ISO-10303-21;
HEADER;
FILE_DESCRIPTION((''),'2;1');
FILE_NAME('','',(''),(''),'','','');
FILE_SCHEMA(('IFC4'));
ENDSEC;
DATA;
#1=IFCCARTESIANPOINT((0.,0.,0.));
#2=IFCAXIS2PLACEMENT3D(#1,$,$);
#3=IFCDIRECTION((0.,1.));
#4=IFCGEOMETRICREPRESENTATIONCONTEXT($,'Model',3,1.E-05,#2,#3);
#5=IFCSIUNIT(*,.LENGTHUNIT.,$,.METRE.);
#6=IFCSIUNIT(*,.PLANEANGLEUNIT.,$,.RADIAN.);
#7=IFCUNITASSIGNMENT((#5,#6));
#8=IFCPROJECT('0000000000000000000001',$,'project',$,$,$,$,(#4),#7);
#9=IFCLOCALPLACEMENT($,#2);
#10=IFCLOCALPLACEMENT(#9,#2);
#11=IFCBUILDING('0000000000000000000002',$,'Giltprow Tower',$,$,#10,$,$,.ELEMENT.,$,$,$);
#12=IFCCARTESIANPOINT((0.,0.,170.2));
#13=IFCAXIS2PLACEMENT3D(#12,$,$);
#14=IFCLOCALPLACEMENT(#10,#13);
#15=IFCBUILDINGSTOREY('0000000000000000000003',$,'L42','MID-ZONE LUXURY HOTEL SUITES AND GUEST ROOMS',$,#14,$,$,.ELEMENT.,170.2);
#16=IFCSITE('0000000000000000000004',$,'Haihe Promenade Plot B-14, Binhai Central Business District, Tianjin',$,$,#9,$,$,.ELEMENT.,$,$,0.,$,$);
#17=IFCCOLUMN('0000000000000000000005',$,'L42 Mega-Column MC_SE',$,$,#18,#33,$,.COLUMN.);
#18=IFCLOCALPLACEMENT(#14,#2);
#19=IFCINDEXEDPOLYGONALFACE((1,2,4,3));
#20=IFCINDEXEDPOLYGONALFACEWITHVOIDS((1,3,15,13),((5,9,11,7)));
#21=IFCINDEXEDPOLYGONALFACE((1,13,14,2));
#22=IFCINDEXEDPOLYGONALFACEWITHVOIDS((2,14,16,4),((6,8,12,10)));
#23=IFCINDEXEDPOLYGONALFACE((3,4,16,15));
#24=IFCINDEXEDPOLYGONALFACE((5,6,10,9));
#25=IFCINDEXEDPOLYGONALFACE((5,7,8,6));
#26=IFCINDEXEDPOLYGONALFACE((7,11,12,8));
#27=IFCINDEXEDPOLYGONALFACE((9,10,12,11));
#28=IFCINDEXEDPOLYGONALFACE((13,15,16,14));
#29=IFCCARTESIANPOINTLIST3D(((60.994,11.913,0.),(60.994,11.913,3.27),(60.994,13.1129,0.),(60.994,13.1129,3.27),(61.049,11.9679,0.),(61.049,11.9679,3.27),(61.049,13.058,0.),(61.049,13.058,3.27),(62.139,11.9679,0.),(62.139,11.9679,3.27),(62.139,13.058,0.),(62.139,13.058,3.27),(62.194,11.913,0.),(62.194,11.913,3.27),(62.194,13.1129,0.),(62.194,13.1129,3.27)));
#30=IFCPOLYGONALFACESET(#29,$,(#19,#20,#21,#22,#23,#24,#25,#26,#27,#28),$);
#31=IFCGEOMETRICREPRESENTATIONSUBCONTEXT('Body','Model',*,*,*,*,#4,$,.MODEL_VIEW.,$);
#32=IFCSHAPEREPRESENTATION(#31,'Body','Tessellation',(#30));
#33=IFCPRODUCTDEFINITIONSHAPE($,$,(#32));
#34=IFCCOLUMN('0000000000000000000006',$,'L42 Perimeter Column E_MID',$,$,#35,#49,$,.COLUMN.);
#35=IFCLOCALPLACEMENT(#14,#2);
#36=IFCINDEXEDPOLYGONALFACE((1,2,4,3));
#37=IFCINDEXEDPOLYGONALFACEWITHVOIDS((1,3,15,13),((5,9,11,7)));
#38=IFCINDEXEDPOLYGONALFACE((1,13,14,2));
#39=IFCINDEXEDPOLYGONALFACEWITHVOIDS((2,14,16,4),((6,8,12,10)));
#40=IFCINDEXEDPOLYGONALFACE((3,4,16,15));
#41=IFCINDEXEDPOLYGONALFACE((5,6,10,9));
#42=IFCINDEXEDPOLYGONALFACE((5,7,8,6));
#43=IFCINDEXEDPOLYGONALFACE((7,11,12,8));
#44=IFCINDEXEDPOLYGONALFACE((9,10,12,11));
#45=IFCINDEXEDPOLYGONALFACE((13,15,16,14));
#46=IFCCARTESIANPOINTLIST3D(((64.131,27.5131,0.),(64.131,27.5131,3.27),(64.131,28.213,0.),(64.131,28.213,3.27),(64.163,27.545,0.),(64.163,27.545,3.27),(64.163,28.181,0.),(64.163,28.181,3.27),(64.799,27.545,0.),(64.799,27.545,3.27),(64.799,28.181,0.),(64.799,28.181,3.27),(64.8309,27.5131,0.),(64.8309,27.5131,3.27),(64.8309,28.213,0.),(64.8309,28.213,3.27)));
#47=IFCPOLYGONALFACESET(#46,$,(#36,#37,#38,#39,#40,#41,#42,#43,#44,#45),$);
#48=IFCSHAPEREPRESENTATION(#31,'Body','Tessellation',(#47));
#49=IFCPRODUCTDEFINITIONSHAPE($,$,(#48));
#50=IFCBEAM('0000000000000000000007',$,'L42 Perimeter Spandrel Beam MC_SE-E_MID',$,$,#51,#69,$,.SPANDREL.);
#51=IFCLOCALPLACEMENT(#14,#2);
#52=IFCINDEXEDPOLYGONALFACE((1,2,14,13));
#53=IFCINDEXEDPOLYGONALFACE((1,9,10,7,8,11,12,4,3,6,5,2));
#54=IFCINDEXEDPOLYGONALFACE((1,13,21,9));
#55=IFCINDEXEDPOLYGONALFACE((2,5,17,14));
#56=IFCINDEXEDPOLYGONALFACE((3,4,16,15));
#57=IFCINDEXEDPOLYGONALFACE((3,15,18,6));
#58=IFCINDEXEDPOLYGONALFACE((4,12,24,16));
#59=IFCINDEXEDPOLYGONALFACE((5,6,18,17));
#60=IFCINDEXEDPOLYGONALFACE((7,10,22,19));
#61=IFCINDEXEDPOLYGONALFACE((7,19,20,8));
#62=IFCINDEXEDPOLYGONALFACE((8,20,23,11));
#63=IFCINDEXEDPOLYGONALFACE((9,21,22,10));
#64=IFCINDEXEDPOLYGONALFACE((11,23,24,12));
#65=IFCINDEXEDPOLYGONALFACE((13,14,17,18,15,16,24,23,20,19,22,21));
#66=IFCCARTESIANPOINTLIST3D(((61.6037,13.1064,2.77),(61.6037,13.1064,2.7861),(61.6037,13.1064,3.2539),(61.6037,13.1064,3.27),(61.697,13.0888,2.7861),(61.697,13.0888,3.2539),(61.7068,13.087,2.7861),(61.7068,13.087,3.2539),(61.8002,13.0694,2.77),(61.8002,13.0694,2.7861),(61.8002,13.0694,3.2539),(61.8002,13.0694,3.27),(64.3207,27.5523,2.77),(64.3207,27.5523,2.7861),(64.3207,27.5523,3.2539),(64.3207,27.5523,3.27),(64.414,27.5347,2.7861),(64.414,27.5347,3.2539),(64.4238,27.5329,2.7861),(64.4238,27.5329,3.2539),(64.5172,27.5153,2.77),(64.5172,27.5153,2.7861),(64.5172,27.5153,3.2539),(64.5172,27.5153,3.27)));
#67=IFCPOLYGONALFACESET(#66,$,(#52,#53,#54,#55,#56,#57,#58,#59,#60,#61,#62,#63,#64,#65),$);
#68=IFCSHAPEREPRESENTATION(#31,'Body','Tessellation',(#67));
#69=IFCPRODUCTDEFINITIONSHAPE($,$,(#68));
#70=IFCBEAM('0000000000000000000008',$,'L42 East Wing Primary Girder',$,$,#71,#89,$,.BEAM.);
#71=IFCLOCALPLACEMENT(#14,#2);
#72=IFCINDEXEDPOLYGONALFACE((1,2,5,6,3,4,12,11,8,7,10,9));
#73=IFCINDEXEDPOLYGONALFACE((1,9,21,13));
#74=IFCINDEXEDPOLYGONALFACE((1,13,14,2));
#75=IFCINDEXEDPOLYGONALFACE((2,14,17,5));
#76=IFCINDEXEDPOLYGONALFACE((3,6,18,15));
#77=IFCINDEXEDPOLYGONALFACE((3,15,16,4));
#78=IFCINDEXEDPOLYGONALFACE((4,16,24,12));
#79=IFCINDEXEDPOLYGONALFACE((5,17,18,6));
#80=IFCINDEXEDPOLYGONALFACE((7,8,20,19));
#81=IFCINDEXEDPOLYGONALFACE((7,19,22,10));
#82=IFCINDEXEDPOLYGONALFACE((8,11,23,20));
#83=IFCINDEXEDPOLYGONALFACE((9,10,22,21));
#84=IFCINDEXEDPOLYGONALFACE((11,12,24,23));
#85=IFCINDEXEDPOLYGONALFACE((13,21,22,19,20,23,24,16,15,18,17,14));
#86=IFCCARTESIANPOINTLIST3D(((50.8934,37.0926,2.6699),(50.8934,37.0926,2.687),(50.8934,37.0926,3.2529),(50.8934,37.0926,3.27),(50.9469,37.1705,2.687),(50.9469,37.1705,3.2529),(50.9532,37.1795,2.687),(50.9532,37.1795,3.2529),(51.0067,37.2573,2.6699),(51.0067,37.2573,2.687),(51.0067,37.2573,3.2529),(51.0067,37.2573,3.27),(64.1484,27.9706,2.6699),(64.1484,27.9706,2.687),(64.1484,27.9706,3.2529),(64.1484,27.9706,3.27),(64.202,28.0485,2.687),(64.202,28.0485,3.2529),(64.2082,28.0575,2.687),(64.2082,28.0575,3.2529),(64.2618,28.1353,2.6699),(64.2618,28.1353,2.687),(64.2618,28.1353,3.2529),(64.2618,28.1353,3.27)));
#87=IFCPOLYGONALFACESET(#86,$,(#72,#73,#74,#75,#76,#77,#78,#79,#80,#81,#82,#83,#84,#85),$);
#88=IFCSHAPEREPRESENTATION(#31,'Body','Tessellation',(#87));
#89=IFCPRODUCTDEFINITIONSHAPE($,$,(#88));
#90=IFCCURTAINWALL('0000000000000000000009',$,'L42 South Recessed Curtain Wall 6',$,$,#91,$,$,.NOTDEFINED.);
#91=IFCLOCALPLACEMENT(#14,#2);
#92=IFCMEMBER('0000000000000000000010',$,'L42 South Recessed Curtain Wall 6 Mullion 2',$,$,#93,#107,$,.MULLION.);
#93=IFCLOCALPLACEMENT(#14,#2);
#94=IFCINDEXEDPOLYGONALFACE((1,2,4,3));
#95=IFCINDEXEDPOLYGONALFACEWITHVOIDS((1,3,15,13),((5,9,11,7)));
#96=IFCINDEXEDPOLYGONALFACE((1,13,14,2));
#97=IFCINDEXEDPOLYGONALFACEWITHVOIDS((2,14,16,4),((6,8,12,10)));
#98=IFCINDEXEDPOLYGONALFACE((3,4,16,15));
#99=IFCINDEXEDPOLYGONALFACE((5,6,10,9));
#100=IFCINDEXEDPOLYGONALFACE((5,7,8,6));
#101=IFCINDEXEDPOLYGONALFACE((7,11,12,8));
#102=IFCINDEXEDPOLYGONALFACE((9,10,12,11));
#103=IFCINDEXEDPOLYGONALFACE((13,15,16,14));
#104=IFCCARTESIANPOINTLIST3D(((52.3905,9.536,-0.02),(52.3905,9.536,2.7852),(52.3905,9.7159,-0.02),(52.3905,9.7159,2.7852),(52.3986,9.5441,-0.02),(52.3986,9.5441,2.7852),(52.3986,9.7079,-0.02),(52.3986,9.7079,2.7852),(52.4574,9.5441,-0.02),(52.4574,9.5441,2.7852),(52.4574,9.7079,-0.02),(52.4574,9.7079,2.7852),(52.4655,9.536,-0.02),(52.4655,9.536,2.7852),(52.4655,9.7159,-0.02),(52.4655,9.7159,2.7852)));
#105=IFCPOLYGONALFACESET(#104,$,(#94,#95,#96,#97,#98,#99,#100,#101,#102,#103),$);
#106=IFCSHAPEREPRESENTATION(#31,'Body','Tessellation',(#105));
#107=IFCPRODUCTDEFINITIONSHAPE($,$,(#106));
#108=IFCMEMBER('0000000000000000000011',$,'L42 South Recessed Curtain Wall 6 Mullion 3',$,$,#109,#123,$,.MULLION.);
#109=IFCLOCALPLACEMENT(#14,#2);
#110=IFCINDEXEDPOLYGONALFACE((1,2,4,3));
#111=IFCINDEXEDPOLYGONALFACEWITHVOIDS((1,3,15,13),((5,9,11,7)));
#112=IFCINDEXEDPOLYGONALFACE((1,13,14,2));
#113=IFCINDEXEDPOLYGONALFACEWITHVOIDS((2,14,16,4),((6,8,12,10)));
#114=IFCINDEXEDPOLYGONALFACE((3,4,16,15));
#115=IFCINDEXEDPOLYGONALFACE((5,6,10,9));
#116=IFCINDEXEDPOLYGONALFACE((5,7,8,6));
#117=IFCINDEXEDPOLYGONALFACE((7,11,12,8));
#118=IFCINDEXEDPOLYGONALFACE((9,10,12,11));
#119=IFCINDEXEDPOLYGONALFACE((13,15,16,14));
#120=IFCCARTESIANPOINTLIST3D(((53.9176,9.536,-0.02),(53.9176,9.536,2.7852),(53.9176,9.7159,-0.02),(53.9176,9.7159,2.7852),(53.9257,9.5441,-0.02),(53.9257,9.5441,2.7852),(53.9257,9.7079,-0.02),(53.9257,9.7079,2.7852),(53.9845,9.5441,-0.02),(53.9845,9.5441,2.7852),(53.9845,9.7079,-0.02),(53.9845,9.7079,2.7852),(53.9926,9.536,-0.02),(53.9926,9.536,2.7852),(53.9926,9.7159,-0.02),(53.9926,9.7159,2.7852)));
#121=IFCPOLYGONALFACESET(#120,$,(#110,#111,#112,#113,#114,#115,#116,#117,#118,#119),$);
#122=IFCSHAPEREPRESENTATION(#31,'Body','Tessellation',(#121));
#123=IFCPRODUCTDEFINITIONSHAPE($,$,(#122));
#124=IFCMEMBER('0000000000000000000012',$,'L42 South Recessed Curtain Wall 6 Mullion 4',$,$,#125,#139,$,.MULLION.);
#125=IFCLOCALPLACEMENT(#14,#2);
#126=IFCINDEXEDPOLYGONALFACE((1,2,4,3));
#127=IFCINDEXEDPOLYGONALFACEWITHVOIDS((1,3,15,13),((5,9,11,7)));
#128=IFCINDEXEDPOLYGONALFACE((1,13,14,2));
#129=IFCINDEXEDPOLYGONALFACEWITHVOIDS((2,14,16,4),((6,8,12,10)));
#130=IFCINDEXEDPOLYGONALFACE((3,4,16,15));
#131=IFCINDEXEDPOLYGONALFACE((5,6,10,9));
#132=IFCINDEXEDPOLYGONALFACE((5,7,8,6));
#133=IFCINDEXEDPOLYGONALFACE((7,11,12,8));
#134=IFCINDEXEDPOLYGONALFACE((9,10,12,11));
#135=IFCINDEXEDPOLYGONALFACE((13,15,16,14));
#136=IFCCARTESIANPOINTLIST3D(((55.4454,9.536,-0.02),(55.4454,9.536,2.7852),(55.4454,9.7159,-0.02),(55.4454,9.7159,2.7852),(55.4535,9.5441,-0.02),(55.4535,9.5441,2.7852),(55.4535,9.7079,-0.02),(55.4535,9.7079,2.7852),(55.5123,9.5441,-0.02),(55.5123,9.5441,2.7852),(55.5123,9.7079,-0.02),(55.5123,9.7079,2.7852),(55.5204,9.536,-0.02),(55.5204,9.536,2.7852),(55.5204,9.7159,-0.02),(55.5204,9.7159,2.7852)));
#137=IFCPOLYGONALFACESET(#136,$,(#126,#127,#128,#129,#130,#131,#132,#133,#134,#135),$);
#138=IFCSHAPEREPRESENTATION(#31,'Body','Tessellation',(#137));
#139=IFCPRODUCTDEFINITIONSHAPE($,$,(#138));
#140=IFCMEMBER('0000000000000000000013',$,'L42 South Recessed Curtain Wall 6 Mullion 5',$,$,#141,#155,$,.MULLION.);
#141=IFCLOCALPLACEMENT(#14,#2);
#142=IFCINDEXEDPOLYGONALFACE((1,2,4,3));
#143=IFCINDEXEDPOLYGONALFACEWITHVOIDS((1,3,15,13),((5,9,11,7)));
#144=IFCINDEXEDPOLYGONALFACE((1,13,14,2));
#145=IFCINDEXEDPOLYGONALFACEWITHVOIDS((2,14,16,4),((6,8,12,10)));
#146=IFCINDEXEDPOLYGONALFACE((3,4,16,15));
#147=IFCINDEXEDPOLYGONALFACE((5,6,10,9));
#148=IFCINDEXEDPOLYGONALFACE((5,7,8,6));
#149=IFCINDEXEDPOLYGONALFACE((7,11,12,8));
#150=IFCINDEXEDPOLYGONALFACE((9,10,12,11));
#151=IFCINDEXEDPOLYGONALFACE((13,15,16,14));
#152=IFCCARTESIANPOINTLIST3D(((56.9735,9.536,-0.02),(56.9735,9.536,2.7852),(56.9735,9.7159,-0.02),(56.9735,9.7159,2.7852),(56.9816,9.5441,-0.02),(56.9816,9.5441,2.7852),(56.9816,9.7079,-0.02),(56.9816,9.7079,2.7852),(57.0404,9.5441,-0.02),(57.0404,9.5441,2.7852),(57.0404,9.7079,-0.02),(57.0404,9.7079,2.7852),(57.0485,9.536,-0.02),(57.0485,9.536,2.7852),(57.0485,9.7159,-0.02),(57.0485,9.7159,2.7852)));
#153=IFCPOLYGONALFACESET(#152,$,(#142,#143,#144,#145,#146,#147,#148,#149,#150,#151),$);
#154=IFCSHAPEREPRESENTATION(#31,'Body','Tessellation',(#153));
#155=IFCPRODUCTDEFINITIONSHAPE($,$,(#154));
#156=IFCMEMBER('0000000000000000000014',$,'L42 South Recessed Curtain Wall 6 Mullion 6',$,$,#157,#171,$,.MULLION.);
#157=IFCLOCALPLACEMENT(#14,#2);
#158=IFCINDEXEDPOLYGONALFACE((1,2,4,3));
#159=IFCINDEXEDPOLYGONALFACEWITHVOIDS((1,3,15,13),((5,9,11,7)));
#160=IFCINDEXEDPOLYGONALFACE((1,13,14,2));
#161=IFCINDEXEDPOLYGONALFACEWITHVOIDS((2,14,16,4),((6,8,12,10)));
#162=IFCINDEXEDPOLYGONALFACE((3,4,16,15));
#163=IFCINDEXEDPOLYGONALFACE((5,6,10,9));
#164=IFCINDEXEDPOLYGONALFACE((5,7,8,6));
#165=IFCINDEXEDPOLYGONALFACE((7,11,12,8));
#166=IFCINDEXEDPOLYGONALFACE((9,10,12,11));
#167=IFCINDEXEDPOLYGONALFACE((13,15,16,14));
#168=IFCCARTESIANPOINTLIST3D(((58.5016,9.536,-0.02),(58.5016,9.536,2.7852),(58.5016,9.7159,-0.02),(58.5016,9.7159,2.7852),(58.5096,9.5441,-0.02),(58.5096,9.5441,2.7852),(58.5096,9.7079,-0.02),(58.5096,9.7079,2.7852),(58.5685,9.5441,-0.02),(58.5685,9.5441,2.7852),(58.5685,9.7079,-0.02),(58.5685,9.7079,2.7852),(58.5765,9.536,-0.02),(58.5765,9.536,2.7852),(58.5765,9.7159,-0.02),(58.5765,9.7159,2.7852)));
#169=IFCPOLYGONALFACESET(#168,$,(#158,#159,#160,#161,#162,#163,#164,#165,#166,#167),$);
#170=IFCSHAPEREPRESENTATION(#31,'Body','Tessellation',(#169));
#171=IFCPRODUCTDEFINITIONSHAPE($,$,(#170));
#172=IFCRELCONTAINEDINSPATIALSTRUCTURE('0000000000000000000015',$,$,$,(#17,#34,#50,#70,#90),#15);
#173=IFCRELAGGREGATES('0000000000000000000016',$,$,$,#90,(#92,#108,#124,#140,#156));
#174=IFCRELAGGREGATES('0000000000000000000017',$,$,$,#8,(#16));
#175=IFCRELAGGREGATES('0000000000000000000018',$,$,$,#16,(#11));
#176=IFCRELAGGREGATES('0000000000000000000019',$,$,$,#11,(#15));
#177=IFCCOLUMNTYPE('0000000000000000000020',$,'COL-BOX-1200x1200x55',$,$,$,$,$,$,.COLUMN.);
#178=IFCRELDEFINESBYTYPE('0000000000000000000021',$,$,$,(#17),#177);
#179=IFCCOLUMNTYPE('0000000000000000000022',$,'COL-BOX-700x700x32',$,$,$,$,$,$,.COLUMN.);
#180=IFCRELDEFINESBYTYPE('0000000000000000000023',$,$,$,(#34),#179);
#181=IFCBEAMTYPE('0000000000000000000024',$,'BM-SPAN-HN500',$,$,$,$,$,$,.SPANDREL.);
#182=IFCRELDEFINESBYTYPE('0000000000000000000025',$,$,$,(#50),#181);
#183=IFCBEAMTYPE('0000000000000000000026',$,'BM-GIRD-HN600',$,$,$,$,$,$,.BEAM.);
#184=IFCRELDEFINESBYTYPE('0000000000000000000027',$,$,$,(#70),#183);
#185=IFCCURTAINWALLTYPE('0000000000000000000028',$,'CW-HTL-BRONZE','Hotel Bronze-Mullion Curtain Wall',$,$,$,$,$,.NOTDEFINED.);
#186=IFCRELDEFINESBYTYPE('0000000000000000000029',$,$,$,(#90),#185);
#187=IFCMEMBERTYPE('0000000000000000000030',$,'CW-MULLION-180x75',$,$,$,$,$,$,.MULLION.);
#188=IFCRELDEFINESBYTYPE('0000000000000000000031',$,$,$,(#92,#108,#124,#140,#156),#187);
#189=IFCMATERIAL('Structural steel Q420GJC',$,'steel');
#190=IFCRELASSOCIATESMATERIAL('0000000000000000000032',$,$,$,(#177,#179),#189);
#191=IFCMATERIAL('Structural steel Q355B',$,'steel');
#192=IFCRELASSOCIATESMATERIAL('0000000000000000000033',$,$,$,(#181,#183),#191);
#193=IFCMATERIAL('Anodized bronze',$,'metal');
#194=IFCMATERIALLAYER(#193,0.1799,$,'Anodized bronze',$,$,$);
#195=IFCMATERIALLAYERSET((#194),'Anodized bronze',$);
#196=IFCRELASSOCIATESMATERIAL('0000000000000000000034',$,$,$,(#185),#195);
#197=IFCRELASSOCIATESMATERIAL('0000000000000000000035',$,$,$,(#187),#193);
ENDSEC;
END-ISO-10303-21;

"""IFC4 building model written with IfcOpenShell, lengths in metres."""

from ifc_helpers import new_model, si_unit, direction, frame, origin, origin_2d, place, context, subcontext, project, spatial, hollow_rectangle, i_section, extrude, source, transform, mapped, material, layer, layer_set, material_profile, profile_set, type_object, element, aggregate, save


model = new_model("IFC4")

# Units and contexts
model_context = context("Model", 3, precision=1e-05, world=origin(), true_north=direction((0.0, 1.0)))
body_context = subcontext(model_context, "Body", "Model", "MODEL_VIEW")
ifc_project = project(units=[si_unit("LENGTHUNIT", "METRE"), si_unit("PLANEANGLEUNIT", "RADIAN")], contexts=[model_context])

# Site, building, storey
site_placement = place(None, origin())
site = spatial("IfcSite", under=ifc_project, at=site_placement, Name="Haihe Promenade Plot B-14, Binhai Central Business District, Tianjin", CompositionType="ELEMENT", RefElevation=0.0)
building_placement = place(site_placement, origin())
building = spatial("IfcBuilding", under=site, at=building_placement, Name="Giltprow Tower", CompositionType="ELEMENT")
storey_placement = place(building_placement, frame((0.0, 0.0, 170.2)))
storey = spatial("IfcBuildingStorey", under=building, at=storey_placement, Name="L42", Description="MID-ZONE LUXURY HOTEL SUITES AND GUEST ROOMS", CompositionType="ELEMENT", Elevation=170.2)

# Columns
ifc_material_1 = material(Name="Structural steel Q420GJC", Category="steel")
ifc_material_profile_1 = material_profile(ifc_material_1, hollow_rectangle(XDim=1.2, YDim=1.2, WallThickness=0.0549, at=origin_2d()), Name="BOX 1200x1200x55")
ifc_profile_set_1 = profile_set([ifc_material_profile_1], Name="Structural steel Q420GJC")
column_type_1 = type_object("IfcColumnType", Name="COL-BOX-1200x1200x55", PredefinedType="COLUMN", material=ifc_profile_set_1)
shared_shape_1 = source(origin(), body_context, "Body", "SweptSolid", [
    extrude(hollow_rectangle(XDim=1.2, YDim=1.2, WallThickness=0.0549, at=origin_2d()), origin(), (0.0, 0.0, 1.0), 3.27),
])
column_1_placement = place(storey_placement, frame((61.594, 12.5129, 0.0), z_axis=(0.0, 0.0, 1.0), x_axis=(1.0, 0.0, 0.0)))
element("IfcColumn", 1, at=column_1_placement, inside=storey, type_object=column_type_1, Name="L42 Mega-Column MC_SE", PredefinedType="COLUMN", context=body_context, shape_type="MappedRepresentation", body=[
    mapped(shared_shape_1, transform((0.0, 0.0, 0.0), x_axis=(1.0, 0.0, 0.0), y_axis=(0.0, 1.0, 0.0), z_axis=(0.0, 0.0, 1.0), scale=1.0)),
])
ifc_material_profile_2 = material_profile(ifc_material_1, hollow_rectangle(XDim=0.7, YDim=0.7, WallThickness=0.032, at=origin_2d()), Name="BOX 700x700x32")
ifc_profile_set_2 = profile_set([ifc_material_profile_2], Name="Structural steel Q420GJC")
column_type_2 = type_object("IfcColumnType", Name="COL-BOX-700x700x32", PredefinedType="COLUMN", material=ifc_profile_set_2)
shared_shape_2 = source(origin(), body_context, "Body", "SweptSolid", [
    extrude(hollow_rectangle(XDim=0.7, YDim=0.7, WallThickness=0.032, at=origin_2d()), origin(), (0.0, 0.0, 1.0), 3.27),
])
column_2_placement = place(storey_placement, frame((64.481, 27.863, 0.0), z_axis=(0.0, 0.0, 1.0), x_axis=(1.0, 0.0, 0.0)))
element("IfcColumn", 2, at=column_2_placement, inside=storey, type_object=column_type_2, Name="L42 Perimeter Column E_MID", PredefinedType="COLUMN", context=body_context, shape_type="MappedRepresentation", body=[
    mapped(shared_shape_2, transform((0.0, 0.0, 0.0), x_axis=(1.0, 0.0, 0.0), y_axis=(0.0, 1.0, 0.0), z_axis=(0.0, 0.0, 1.0), scale=1.0)),
])

# Beams
ifc_material_2 = material(Name="Structural steel Q355B", Category="steel")
ifc_material_profile_3 = material_profile(ifc_material_2, i_section(OverallWidth=0.2, OverallDepth=0.5, WebThickness=0.01, FlangeThickness=0.0161, at=origin_2d()), Name="HN 500x200x10x16")
ifc_profile_set_3 = profile_set([ifc_material_profile_3], Name="Structural steel Q355B")
beam_type_1 = type_object("IfcBeamType", Name="BM-SPAN-HN500", PredefinedType="SPANDREL", material=ifc_profile_set_3)
shared_shape_3 = source(origin(), body_context, "Body", "SweptSolid", [
    extrude(i_section(OverallWidth=0.2, OverallDepth=0.5, WebThickness=0.01, FlangeThickness=0.0161, at=origin_2d()), origin(), (0.0, 0.0, 1.0), 14.6992),
])
beam_1_placement = place(storey_placement, frame((61.7019, 13.0879, 3.02), z_axis=(0.184841, 0.982768, 0.0), x_axis=(-0.982768, 0.184841, 0.0)))
element("IfcBeam", 3, at=beam_1_placement, inside=storey, type_object=beam_type_1, Name="L42 Perimeter Spandrel Beam MC_SE-E_MID", PredefinedType="SPANDREL", context=body_context, shape_type="MappedRepresentation", body=[
    mapped(shared_shape_3, transform((0.0, 0.0, 0.0), x_axis=(1.0, 0.0, 0.0), y_axis=(0.0, 1.0, 0.0), z_axis=(0.0, 0.0, 1.0), scale=1.0)),
])
ifc_material_profile_4 = material_profile(ifc_material_2, i_section(OverallWidth=0.2, OverallDepth=0.6001, WebThickness=0.011, FlangeThickness=0.0171, at=origin_2d()), Name="HN 600x200x11x17")
ifc_profile_set_4 = profile_set([ifc_material_profile_4], Name="Structural steel Q355B")
beam_type_2 = type_object("IfcBeamType", Name="BM-GIRD-HN600", PredefinedType="BEAM", material=ifc_profile_set_4)
shared_shape_4 = source(origin(), body_context, "Body", "SweptSolid", [
    extrude(i_section(OverallWidth=0.2, OverallDepth=0.6001, WebThickness=0.011, FlangeThickness=0.0171, at=origin_2d()), origin(), (0.0, 0.0, 1.0), 16.0906),
])
beam_2_placement = place(storey_placement, frame((64.2051, 28.053, 2.97), z_axis=(-0.823776, 0.566916, 0.0), x_axis=(-0.566916, -0.823776, 0.0)))
element("IfcBeam", 4, at=beam_2_placement, inside=storey, type_object=beam_type_2, Name="L42 East Wing Primary Girder", PredefinedType="BEAM", context=body_context, shape_type="MappedRepresentation", body=[
    mapped(shared_shape_4, transform((0.0, 0.0, 0.0), x_axis=(1.0, 0.0, 0.0), y_axis=(0.0, 1.0, 0.0), z_axis=(0.0, 0.0, 1.0), scale=1.0)),
])

# Curtain wall, members
ifc_material_3 = material(Name="Anodized bronze", Category="metal")
ifc_layer_1 = layer(ifc_material_3, 0.1799, Name="Anodized bronze")
ifc_layer_set_1 = layer_set([ifc_layer_1], Name="Anodized bronze")
curtain_wall_type = type_object("IfcCurtainWallType", Name="CW-HTL-BRONZE", Description="Hotel Bronze-Mullion Curtain Wall", PredefinedType="NOTDEFINED", material=ifc_layer_set_1)
curtain_wall_placement = place(storey_placement, origin())
curtain_wall = element("IfcCurtainWall", 5, at=curtain_wall_placement, inside=storey, type_object=curtain_wall_type, Name="L42 South Recessed Curtain Wall 6", PredefinedType="NOTDEFINED")
ifc_material_profile_5 = material_profile(ifc_material_3, hollow_rectangle(XDim=0.075, YDim=0.1799, WallThickness=0.0081, at=origin_2d()), Name="RHS 180x75x8")
ifc_profile_set_5 = profile_set([ifc_material_profile_5], Name="Anodized bronze")
member_type_1 = type_object("IfcMemberType", Name="CW-MULLION-180x75", PredefinedType="MULLION", material=ifc_profile_set_5)
shared_shape_5 = source(origin(), body_context, "Body", "SweptSolid", [
    extrude(hollow_rectangle(XDim=0.075, YDim=0.1799, WallThickness=0.0081, at=origin_2d()), origin(), (0.0, 0.0, 1.0), 2.8052),
])
member_1_placement = place(storey_placement, frame((52.428, 9.626, -0.02), z_axis=(0.0, 0.0, 1.0), x_axis=(1.0, 0.0, 0.0)))
member_1 = element("IfcMember", 6, at=member_1_placement, type_object=member_type_1, Name="L42 South Recessed Curtain Wall 6 Mullion 2", PredefinedType="MULLION", context=body_context, shape_type="MappedRepresentation", body=[
    mapped(shared_shape_5, transform((0.0, 0.0, 0.0), x_axis=(1.0, 0.0, 0.0), y_axis=(0.0, 1.0, 0.0), z_axis=(0.0, 0.0, 1.0), scale=1.0)),
])
member_2_placement = place(storey_placement, frame((53.9551, 9.626, -0.02), z_axis=(0.0, 0.0, 1.0), x_axis=(1.0, 0.0, 0.0)))
member_2 = element("IfcMember", 7, at=member_2_placement, type_object=member_type_1, Name="L42 South Recessed Curtain Wall 6 Mullion 3", PredefinedType="MULLION", context=body_context, shape_type="MappedRepresentation", body=[
    mapped(shared_shape_5, transform((0.0, 0.0, 0.0), x_axis=(1.0, 0.0, 0.0), y_axis=(0.0, 1.0, 0.0), z_axis=(0.0, 0.0, 1.0), scale=1.0)),
])
member_3_placement = place(storey_placement, frame((55.4829, 9.626, -0.02), z_axis=(0.0, 0.0, 1.0), x_axis=(1.0, 0.0, 0.0)))
member_3 = element("IfcMember", 8, at=member_3_placement, type_object=member_type_1, Name="L42 South Recessed Curtain Wall 6 Mullion 4", PredefinedType="MULLION", context=body_context, shape_type="MappedRepresentation", body=[
    mapped(shared_shape_5, transform((0.0, 0.0, 0.0), x_axis=(1.0, 0.0, 0.0), y_axis=(0.0, 1.0, 0.0), z_axis=(0.0, 0.0, 1.0), scale=1.0)),
])
member_4_placement = place(storey_placement, frame((57.011, 9.626, -0.02), z_axis=(0.0, 0.0, 1.0), x_axis=(1.0, 0.0, 0.0)))
member_4 = element("IfcMember", 9, at=member_4_placement, type_object=member_type_1, Name="L42 South Recessed Curtain Wall 6 Mullion 5", PredefinedType="MULLION", context=body_context, shape_type="MappedRepresentation", body=[
    mapped(shared_shape_5, transform((0.0, 0.0, 0.0), x_axis=(1.0, 0.0, 0.0), y_axis=(0.0, 1.0, 0.0), z_axis=(0.0, 0.0, 1.0), scale=1.0)),
])
member_5_placement = place(storey_placement, frame((58.5391, 9.626, -0.02), z_axis=(0.0, 0.0, 1.0), x_axis=(1.0, 0.0, 0.0)))
member_5 = element("IfcMember", 10, at=member_5_placement, type_object=member_type_1, Name="L42 South Recessed Curtain Wall 6 Mullion 6", PredefinedType="MULLION", context=body_context, shape_type="MappedRepresentation", body=[
    mapped(shared_shape_5, transform((0.0, 0.0, 0.0), x_axis=(1.0, 0.0, 0.0), y_axis=(0.0, 1.0, 0.0), z_axis=(0.0, 0.0, 1.0), scale=1.0)),
])
aggregate(curtain_wall, [member_1, member_2, member_3, member_4, member_5])

save(model, "model.ifc")
